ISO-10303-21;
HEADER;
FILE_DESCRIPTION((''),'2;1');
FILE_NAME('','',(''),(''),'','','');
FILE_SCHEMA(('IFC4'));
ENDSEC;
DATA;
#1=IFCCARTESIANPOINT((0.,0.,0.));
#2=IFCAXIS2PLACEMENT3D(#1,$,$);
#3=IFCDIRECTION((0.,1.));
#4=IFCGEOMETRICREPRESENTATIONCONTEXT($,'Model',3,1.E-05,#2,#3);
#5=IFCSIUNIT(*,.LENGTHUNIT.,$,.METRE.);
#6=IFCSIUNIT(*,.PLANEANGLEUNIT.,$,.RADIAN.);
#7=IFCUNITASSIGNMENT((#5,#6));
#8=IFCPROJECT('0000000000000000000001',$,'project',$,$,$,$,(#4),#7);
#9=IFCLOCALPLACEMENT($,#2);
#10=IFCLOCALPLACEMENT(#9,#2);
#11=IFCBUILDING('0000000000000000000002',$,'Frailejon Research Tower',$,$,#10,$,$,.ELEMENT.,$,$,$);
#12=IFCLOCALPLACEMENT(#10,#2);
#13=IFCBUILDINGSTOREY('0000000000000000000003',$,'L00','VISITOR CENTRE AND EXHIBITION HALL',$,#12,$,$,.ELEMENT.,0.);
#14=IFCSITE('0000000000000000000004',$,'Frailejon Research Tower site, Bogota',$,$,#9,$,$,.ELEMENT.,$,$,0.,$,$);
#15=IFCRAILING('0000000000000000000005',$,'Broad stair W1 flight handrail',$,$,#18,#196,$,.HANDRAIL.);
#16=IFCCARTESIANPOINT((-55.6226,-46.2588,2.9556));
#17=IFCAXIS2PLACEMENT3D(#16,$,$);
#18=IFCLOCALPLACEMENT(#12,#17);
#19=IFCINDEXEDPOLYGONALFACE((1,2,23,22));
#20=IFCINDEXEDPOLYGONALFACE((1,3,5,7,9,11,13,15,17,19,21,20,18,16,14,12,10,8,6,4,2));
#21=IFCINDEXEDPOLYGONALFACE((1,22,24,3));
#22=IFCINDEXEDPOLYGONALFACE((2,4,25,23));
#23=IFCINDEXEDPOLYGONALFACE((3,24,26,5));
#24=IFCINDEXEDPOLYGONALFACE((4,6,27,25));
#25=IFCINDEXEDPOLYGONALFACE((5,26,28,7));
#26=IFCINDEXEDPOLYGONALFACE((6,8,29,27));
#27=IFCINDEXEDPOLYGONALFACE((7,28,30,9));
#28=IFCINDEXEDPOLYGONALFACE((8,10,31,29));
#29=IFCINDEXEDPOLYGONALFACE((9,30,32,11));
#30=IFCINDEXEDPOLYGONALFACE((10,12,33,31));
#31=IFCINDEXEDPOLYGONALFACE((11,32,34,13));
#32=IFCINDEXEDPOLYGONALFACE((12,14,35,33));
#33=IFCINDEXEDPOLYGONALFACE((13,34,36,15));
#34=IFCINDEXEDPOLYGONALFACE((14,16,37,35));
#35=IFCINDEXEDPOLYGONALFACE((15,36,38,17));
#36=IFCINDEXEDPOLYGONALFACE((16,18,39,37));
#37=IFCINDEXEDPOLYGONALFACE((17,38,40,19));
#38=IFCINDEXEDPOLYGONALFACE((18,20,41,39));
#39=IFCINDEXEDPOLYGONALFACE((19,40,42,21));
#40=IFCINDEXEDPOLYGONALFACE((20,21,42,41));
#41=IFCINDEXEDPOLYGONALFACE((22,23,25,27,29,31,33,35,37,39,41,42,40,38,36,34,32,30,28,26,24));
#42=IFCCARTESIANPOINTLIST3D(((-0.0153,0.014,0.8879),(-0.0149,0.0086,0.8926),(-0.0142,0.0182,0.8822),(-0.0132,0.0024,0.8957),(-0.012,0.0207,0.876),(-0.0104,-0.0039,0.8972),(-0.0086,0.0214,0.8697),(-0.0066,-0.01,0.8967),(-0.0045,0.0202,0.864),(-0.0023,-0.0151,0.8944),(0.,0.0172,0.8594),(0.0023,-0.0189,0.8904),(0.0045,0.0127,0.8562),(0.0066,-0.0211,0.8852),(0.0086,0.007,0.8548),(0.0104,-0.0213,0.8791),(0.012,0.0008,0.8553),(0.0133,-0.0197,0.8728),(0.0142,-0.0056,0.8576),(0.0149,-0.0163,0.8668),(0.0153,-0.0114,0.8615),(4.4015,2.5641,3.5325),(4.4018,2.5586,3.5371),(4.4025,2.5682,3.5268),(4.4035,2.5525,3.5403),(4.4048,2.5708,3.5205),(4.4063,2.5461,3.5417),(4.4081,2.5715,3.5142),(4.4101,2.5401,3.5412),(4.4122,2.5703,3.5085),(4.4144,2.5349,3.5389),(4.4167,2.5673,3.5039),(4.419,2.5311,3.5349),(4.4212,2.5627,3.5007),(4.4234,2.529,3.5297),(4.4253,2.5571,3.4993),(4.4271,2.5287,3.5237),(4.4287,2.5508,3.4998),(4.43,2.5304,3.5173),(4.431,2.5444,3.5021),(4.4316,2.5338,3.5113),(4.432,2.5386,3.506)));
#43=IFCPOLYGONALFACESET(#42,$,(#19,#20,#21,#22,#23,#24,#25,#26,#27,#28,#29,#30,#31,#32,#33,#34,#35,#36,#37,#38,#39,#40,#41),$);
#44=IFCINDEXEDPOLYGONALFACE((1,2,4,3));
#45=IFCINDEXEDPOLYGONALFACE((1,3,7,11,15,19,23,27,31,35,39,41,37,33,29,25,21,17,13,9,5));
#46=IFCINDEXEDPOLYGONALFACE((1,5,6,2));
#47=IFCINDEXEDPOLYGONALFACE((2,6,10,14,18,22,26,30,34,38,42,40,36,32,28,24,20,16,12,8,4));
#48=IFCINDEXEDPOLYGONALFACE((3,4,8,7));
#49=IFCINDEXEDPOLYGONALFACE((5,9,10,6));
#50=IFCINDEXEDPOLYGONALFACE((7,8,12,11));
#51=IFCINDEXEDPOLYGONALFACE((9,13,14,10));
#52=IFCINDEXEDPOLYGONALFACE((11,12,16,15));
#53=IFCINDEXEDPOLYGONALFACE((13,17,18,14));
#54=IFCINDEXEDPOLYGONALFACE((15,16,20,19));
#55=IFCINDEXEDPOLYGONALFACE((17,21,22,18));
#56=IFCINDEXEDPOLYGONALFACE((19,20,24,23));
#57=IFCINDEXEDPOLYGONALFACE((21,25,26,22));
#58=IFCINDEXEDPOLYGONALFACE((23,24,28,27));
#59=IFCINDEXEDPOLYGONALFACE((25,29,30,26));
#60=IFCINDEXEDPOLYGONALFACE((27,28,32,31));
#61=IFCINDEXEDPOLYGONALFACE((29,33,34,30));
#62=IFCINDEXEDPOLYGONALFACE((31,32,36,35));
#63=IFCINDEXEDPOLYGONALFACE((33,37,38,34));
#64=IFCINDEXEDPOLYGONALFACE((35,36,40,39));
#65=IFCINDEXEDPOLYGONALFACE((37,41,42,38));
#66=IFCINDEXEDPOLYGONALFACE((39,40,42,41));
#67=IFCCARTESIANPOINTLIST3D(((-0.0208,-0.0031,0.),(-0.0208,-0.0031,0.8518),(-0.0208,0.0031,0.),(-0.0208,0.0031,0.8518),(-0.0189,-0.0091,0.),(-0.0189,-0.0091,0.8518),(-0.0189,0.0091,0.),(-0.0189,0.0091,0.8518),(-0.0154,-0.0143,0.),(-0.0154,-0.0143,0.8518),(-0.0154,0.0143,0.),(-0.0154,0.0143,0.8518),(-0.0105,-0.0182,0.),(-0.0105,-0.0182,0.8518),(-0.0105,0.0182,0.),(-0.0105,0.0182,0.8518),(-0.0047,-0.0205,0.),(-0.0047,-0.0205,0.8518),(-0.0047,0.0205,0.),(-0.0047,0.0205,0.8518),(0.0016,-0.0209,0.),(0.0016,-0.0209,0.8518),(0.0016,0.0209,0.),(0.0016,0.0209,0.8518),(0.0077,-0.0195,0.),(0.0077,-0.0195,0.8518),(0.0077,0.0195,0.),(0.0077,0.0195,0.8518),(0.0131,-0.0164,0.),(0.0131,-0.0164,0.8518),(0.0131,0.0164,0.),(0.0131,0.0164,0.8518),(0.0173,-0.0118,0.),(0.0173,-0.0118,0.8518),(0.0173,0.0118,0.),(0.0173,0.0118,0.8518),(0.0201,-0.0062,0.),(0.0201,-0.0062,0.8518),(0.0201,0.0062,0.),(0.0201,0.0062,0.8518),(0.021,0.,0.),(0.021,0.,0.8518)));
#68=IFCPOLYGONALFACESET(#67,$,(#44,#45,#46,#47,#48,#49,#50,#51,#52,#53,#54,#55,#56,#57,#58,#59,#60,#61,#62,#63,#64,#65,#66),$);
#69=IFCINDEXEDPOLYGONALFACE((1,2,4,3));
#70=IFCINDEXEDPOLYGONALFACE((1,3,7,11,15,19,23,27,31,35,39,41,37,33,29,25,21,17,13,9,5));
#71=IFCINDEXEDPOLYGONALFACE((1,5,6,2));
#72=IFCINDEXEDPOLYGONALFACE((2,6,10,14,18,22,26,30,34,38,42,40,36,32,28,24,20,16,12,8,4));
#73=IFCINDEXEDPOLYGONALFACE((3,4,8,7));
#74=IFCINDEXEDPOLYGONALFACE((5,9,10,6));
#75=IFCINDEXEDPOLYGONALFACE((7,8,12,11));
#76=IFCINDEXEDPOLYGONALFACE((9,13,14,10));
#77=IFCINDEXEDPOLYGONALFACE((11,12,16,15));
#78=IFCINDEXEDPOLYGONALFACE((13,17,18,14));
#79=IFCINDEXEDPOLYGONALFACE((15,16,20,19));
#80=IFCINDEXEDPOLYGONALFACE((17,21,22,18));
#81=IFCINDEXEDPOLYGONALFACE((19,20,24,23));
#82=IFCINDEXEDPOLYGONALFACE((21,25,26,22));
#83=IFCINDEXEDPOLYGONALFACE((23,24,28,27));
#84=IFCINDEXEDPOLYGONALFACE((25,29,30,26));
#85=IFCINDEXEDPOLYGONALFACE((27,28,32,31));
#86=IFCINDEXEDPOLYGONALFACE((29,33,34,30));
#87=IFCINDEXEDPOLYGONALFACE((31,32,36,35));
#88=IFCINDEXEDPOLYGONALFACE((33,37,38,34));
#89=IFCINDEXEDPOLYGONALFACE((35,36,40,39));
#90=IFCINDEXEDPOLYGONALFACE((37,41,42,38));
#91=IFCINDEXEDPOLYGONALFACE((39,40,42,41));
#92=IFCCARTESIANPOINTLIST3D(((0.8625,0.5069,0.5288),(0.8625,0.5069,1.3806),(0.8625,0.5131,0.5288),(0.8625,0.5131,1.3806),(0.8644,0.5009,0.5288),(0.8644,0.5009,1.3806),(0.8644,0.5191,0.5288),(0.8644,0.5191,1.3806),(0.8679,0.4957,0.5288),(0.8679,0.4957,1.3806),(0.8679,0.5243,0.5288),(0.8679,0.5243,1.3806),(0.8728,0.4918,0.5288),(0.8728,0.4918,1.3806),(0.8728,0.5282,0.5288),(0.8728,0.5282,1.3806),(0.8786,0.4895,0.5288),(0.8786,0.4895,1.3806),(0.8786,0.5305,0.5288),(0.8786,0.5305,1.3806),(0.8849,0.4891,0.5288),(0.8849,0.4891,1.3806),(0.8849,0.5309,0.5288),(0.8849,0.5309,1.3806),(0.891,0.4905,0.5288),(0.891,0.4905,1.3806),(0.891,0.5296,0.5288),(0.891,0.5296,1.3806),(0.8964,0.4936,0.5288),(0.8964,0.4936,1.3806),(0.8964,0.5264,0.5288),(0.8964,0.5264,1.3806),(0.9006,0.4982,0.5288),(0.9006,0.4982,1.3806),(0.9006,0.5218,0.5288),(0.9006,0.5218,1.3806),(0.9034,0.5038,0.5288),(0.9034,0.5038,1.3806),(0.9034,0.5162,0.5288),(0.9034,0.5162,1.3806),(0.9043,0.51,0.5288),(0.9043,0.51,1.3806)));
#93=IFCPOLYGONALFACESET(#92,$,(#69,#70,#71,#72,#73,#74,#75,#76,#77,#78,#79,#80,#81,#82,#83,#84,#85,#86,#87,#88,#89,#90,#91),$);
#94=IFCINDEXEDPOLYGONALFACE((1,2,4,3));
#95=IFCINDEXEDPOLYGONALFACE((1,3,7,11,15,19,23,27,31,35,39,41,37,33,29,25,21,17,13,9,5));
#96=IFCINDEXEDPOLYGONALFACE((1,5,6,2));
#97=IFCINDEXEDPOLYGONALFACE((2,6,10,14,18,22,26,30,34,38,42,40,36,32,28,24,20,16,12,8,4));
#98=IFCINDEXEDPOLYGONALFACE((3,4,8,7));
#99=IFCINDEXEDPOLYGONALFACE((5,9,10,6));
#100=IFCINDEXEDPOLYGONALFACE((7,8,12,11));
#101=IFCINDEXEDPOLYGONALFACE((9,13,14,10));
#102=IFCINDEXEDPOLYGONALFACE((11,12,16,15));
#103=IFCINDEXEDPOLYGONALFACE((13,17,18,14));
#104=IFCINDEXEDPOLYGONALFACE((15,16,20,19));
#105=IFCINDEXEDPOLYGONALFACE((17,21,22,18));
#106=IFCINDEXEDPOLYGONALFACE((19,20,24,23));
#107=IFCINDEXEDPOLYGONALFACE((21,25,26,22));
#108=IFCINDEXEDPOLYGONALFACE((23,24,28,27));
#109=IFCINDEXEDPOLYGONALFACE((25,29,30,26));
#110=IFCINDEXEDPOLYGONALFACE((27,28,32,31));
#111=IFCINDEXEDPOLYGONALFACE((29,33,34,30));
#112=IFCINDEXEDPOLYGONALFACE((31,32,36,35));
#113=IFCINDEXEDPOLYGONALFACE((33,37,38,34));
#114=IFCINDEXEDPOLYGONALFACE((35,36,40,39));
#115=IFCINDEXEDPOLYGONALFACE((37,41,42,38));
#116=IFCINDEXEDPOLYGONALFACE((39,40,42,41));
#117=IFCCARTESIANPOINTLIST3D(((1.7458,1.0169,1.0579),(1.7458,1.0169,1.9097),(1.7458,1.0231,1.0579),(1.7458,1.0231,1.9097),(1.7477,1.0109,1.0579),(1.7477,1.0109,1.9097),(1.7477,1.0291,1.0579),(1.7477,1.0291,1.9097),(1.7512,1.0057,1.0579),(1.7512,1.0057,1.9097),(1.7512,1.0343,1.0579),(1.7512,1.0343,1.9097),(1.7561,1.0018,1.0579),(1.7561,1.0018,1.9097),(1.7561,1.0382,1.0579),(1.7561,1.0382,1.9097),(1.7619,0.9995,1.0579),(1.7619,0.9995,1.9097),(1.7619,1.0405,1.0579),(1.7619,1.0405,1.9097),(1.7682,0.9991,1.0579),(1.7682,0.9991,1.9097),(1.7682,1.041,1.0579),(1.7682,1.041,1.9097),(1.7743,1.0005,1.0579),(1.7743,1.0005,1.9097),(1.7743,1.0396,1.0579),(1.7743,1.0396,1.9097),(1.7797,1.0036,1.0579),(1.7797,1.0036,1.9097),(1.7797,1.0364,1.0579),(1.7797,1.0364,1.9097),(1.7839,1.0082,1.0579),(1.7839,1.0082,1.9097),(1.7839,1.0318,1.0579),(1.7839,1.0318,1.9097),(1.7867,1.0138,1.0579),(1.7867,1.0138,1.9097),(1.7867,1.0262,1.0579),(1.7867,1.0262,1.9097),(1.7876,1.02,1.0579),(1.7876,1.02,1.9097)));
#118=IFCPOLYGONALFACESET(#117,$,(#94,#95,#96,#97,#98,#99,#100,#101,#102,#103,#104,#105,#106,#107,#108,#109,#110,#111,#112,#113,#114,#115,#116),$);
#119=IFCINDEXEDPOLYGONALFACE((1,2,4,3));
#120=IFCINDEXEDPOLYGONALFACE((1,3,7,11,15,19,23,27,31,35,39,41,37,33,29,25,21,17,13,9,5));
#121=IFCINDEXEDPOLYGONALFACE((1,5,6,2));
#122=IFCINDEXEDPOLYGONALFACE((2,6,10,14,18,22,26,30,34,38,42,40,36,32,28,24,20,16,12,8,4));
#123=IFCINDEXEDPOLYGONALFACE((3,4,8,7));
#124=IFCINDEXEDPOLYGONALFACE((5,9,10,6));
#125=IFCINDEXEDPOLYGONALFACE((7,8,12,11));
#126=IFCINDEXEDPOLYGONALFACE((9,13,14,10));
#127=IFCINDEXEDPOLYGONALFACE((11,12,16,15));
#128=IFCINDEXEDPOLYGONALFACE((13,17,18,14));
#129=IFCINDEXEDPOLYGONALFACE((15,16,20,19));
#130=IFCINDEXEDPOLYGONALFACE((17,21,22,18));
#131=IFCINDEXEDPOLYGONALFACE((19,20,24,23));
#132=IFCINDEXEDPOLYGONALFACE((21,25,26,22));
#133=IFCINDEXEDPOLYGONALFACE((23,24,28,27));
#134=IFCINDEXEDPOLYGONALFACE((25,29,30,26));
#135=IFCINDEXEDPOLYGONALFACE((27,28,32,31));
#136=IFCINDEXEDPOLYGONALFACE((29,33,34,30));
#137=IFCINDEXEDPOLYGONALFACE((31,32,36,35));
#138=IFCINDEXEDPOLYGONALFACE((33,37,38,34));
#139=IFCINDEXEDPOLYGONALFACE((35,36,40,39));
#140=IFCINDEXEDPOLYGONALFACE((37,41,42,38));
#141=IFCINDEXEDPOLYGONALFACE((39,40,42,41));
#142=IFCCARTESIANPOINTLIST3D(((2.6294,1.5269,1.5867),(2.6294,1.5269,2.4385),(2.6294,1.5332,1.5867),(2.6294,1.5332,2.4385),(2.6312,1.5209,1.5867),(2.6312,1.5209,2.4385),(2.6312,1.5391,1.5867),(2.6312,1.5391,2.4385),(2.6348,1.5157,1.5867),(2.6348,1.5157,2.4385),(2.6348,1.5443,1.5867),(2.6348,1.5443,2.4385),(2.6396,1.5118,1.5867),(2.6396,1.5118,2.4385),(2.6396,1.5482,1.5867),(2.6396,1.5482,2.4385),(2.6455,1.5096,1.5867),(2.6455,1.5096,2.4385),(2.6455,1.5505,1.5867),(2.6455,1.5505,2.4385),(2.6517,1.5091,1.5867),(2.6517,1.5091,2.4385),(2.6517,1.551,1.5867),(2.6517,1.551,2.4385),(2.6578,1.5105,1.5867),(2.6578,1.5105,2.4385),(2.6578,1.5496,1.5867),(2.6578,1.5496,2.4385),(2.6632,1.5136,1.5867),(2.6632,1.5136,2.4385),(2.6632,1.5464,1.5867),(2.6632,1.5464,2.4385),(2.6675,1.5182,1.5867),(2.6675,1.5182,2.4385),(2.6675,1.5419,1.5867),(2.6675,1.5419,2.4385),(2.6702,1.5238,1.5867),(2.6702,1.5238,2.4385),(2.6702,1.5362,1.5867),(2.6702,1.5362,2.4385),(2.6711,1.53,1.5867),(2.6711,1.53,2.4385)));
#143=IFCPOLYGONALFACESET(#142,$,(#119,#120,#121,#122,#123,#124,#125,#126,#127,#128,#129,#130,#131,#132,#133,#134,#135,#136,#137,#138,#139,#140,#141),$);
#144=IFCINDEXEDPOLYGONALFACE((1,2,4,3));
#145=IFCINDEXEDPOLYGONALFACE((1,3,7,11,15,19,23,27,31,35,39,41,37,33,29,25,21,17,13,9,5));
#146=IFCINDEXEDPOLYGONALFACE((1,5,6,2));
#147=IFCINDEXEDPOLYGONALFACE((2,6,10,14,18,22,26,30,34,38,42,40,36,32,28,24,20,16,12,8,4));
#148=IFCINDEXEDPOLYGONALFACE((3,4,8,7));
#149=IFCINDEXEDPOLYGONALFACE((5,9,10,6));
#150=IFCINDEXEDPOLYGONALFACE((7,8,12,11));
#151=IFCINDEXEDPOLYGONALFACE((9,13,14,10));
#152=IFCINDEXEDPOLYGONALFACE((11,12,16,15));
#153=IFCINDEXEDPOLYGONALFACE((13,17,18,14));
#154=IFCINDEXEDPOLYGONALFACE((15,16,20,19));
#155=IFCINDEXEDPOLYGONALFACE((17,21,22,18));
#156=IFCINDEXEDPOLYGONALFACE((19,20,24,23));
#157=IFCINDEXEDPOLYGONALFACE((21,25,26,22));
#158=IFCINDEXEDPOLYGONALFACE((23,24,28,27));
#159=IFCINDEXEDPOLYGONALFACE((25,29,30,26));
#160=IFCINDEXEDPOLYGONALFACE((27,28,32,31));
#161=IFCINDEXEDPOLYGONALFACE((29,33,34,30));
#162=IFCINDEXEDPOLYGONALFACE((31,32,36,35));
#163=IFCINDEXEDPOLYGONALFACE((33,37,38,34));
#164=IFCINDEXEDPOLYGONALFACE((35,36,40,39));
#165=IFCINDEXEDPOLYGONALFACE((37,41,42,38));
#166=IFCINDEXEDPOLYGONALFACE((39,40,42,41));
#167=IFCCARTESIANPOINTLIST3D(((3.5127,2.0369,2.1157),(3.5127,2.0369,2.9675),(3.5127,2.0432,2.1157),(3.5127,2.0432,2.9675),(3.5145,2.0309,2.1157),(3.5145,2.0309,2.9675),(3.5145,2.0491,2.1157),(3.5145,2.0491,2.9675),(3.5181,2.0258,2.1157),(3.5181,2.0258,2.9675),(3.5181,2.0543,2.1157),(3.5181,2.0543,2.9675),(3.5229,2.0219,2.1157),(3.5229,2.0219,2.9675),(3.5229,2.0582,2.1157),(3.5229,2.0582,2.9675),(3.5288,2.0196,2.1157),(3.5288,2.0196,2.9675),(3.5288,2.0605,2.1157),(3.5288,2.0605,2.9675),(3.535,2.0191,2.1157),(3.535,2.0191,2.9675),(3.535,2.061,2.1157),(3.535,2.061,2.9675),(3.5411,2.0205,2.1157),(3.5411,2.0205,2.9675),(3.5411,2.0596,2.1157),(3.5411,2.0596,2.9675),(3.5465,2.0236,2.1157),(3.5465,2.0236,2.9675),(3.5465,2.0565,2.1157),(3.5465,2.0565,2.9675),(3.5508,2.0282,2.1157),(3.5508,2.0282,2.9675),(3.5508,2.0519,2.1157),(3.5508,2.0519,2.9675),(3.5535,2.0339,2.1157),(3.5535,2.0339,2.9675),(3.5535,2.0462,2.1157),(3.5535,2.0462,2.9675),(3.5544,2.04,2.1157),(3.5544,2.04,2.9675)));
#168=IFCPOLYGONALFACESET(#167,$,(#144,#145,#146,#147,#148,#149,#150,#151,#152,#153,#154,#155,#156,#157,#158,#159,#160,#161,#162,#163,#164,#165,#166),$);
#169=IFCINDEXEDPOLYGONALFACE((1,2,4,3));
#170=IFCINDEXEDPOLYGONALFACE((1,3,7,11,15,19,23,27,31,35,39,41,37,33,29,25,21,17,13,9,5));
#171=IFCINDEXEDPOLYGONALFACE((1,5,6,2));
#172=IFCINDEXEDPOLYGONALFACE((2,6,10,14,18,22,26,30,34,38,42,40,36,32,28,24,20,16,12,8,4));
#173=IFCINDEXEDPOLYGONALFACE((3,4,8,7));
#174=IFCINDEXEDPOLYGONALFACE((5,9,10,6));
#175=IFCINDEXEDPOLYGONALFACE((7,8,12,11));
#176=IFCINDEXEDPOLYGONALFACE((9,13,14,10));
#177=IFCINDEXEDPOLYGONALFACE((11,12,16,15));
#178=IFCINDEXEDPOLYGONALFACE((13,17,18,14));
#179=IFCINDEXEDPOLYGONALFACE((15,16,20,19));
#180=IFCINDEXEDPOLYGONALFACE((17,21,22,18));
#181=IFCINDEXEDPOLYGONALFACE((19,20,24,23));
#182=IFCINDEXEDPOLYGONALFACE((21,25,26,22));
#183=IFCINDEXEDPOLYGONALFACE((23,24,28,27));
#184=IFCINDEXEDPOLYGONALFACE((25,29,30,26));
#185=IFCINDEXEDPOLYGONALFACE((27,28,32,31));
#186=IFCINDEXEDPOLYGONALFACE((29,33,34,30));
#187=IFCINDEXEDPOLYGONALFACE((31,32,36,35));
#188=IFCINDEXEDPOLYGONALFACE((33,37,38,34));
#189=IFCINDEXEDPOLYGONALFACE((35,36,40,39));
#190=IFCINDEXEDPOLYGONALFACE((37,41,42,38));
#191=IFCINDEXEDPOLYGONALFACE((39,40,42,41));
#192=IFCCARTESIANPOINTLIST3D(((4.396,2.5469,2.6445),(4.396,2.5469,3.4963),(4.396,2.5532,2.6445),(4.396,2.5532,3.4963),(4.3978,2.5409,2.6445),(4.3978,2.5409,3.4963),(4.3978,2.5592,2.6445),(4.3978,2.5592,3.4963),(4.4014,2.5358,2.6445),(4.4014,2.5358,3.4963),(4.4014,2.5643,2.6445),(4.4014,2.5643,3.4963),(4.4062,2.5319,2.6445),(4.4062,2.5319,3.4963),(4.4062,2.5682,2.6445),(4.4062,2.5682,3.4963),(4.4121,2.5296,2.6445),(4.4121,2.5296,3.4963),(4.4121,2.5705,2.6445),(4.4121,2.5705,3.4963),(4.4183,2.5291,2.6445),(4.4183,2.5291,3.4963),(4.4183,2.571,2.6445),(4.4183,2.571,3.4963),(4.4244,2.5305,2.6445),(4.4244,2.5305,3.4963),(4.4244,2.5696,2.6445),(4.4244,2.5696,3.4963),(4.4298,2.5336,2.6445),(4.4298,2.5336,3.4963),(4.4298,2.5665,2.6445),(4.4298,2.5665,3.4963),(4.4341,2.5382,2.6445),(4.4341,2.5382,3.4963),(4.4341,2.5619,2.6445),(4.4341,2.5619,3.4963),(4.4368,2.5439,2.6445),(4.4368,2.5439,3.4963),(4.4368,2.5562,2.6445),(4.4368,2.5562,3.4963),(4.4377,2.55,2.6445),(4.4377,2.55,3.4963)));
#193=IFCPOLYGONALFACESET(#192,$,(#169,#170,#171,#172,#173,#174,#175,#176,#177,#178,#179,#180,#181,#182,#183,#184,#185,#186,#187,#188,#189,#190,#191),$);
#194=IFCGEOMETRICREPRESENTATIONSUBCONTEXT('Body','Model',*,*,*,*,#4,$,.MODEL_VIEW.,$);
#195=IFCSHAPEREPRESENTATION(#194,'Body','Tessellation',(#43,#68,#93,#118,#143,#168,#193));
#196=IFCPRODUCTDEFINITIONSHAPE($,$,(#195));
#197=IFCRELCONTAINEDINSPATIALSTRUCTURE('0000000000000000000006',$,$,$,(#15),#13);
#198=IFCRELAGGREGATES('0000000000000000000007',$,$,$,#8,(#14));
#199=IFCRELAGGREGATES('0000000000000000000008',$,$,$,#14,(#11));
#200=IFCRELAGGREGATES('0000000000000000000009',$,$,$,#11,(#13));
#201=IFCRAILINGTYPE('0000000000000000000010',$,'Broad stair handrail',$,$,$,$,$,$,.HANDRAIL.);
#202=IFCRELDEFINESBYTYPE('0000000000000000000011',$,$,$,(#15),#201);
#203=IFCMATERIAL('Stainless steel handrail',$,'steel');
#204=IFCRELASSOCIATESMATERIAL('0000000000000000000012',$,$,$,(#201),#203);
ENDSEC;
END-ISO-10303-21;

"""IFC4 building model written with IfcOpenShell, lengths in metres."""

from ifc_helpers import new_model, si_unit, direction, frame, origin, origin_2d, place, context, subcontext, project, spatial, circle, extrude, material, type_object, element, save


model = new_model("IFC4")

# Units and contexts
model_context = context("Model", 3, precision=1e-05, world=origin(), true_north=direction((0.0, 1.0)))
body_context = subcontext(model_context, "Body", "Model", "MODEL_VIEW")
ifc_project = project(units=[si_unit("LENGTHUNIT", "METRE"), si_unit("PLANEANGLEUNIT", "RADIAN")], contexts=[model_context])

# Site, building, storey
site_placement = place(None, origin())
site = spatial("IfcSite", under=ifc_project, at=site_placement, Name="Frailejon Research Tower site, Bogota", CompositionType="ELEMENT", RefElevation=0.0)
building_placement = place(site_placement, origin())
building = spatial("IfcBuilding", under=site, at=building_placement, Name="Frailejon Research Tower", CompositionType="ELEMENT")
storey_placement = place(building_placement, origin())
storey = spatial("IfcBuildingStorey", under=building, at=storey_placement, Name="L00", Description="VISITOR CENTRE AND EXHIBITION HALL", CompositionType="ELEMENT", Elevation=0.0)

# Railing
ifc_material_1 = material(Name="Stainless steel handrail", Category="steel")
railing_type_1 = type_object("IfcRailingType", Name="Broad stair handrail", PredefinedType="HANDRAIL", material=ifc_material_1)
for number, where, name in (
    (1, (-55.6226, -46.2588, 2.9556), "Broad stair W1 flight handrail"),
):
    element("IfcRailing", number, at=place(storey_placement, frame(where)), inside=storey, type_object=railing_type_1, Name=name, PredefinedType="HANDRAIL", context=body_context, shape_type="SweptSolid", body=[
        extrude(circle(Radius=0.0239, at=origin_2d()), frame((0.0, 0.0, 0.876), z_axis=(0.768811, 0.44388, 0.460326), x_axis=(-0.500006, 0.866022, 0.0)), (0.0, 0.0, 1.0), 5.7449),
        extrude(circle(Radius=0.021, at=origin_2d()), origin(), (0.0, 0.0, 1.0), 0.8518),
        extrude(circle(Radius=0.021, at=origin_2d()), frame((0.8833, 0.51, 0.5288)), (0.0, 0.0, 1.0), 0.8518),
        extrude(circle(Radius=0.021, at=origin_2d()), frame((1.7666, 1.02, 1.0579)), (0.0, 0.0, 1.0), 0.8518),
        extrude(circle(Radius=0.021, at=origin_2d()), frame((2.6501, 1.53, 1.5867)), (0.0, 0.0, 1.0), 0.8518),
        extrude(circle(Radius=0.021, at=origin_2d()), frame((3.5334, 2.04, 2.1157)), (0.0, 0.0, 1.0), 0.8518),
        extrude(circle(Radius=0.021, at=origin_2d()), frame((4.4167, 2.55, 2.6445)), (0.0, 0.0, 1.0), 0.8518),
    ])

save(model, "model.ifc")
